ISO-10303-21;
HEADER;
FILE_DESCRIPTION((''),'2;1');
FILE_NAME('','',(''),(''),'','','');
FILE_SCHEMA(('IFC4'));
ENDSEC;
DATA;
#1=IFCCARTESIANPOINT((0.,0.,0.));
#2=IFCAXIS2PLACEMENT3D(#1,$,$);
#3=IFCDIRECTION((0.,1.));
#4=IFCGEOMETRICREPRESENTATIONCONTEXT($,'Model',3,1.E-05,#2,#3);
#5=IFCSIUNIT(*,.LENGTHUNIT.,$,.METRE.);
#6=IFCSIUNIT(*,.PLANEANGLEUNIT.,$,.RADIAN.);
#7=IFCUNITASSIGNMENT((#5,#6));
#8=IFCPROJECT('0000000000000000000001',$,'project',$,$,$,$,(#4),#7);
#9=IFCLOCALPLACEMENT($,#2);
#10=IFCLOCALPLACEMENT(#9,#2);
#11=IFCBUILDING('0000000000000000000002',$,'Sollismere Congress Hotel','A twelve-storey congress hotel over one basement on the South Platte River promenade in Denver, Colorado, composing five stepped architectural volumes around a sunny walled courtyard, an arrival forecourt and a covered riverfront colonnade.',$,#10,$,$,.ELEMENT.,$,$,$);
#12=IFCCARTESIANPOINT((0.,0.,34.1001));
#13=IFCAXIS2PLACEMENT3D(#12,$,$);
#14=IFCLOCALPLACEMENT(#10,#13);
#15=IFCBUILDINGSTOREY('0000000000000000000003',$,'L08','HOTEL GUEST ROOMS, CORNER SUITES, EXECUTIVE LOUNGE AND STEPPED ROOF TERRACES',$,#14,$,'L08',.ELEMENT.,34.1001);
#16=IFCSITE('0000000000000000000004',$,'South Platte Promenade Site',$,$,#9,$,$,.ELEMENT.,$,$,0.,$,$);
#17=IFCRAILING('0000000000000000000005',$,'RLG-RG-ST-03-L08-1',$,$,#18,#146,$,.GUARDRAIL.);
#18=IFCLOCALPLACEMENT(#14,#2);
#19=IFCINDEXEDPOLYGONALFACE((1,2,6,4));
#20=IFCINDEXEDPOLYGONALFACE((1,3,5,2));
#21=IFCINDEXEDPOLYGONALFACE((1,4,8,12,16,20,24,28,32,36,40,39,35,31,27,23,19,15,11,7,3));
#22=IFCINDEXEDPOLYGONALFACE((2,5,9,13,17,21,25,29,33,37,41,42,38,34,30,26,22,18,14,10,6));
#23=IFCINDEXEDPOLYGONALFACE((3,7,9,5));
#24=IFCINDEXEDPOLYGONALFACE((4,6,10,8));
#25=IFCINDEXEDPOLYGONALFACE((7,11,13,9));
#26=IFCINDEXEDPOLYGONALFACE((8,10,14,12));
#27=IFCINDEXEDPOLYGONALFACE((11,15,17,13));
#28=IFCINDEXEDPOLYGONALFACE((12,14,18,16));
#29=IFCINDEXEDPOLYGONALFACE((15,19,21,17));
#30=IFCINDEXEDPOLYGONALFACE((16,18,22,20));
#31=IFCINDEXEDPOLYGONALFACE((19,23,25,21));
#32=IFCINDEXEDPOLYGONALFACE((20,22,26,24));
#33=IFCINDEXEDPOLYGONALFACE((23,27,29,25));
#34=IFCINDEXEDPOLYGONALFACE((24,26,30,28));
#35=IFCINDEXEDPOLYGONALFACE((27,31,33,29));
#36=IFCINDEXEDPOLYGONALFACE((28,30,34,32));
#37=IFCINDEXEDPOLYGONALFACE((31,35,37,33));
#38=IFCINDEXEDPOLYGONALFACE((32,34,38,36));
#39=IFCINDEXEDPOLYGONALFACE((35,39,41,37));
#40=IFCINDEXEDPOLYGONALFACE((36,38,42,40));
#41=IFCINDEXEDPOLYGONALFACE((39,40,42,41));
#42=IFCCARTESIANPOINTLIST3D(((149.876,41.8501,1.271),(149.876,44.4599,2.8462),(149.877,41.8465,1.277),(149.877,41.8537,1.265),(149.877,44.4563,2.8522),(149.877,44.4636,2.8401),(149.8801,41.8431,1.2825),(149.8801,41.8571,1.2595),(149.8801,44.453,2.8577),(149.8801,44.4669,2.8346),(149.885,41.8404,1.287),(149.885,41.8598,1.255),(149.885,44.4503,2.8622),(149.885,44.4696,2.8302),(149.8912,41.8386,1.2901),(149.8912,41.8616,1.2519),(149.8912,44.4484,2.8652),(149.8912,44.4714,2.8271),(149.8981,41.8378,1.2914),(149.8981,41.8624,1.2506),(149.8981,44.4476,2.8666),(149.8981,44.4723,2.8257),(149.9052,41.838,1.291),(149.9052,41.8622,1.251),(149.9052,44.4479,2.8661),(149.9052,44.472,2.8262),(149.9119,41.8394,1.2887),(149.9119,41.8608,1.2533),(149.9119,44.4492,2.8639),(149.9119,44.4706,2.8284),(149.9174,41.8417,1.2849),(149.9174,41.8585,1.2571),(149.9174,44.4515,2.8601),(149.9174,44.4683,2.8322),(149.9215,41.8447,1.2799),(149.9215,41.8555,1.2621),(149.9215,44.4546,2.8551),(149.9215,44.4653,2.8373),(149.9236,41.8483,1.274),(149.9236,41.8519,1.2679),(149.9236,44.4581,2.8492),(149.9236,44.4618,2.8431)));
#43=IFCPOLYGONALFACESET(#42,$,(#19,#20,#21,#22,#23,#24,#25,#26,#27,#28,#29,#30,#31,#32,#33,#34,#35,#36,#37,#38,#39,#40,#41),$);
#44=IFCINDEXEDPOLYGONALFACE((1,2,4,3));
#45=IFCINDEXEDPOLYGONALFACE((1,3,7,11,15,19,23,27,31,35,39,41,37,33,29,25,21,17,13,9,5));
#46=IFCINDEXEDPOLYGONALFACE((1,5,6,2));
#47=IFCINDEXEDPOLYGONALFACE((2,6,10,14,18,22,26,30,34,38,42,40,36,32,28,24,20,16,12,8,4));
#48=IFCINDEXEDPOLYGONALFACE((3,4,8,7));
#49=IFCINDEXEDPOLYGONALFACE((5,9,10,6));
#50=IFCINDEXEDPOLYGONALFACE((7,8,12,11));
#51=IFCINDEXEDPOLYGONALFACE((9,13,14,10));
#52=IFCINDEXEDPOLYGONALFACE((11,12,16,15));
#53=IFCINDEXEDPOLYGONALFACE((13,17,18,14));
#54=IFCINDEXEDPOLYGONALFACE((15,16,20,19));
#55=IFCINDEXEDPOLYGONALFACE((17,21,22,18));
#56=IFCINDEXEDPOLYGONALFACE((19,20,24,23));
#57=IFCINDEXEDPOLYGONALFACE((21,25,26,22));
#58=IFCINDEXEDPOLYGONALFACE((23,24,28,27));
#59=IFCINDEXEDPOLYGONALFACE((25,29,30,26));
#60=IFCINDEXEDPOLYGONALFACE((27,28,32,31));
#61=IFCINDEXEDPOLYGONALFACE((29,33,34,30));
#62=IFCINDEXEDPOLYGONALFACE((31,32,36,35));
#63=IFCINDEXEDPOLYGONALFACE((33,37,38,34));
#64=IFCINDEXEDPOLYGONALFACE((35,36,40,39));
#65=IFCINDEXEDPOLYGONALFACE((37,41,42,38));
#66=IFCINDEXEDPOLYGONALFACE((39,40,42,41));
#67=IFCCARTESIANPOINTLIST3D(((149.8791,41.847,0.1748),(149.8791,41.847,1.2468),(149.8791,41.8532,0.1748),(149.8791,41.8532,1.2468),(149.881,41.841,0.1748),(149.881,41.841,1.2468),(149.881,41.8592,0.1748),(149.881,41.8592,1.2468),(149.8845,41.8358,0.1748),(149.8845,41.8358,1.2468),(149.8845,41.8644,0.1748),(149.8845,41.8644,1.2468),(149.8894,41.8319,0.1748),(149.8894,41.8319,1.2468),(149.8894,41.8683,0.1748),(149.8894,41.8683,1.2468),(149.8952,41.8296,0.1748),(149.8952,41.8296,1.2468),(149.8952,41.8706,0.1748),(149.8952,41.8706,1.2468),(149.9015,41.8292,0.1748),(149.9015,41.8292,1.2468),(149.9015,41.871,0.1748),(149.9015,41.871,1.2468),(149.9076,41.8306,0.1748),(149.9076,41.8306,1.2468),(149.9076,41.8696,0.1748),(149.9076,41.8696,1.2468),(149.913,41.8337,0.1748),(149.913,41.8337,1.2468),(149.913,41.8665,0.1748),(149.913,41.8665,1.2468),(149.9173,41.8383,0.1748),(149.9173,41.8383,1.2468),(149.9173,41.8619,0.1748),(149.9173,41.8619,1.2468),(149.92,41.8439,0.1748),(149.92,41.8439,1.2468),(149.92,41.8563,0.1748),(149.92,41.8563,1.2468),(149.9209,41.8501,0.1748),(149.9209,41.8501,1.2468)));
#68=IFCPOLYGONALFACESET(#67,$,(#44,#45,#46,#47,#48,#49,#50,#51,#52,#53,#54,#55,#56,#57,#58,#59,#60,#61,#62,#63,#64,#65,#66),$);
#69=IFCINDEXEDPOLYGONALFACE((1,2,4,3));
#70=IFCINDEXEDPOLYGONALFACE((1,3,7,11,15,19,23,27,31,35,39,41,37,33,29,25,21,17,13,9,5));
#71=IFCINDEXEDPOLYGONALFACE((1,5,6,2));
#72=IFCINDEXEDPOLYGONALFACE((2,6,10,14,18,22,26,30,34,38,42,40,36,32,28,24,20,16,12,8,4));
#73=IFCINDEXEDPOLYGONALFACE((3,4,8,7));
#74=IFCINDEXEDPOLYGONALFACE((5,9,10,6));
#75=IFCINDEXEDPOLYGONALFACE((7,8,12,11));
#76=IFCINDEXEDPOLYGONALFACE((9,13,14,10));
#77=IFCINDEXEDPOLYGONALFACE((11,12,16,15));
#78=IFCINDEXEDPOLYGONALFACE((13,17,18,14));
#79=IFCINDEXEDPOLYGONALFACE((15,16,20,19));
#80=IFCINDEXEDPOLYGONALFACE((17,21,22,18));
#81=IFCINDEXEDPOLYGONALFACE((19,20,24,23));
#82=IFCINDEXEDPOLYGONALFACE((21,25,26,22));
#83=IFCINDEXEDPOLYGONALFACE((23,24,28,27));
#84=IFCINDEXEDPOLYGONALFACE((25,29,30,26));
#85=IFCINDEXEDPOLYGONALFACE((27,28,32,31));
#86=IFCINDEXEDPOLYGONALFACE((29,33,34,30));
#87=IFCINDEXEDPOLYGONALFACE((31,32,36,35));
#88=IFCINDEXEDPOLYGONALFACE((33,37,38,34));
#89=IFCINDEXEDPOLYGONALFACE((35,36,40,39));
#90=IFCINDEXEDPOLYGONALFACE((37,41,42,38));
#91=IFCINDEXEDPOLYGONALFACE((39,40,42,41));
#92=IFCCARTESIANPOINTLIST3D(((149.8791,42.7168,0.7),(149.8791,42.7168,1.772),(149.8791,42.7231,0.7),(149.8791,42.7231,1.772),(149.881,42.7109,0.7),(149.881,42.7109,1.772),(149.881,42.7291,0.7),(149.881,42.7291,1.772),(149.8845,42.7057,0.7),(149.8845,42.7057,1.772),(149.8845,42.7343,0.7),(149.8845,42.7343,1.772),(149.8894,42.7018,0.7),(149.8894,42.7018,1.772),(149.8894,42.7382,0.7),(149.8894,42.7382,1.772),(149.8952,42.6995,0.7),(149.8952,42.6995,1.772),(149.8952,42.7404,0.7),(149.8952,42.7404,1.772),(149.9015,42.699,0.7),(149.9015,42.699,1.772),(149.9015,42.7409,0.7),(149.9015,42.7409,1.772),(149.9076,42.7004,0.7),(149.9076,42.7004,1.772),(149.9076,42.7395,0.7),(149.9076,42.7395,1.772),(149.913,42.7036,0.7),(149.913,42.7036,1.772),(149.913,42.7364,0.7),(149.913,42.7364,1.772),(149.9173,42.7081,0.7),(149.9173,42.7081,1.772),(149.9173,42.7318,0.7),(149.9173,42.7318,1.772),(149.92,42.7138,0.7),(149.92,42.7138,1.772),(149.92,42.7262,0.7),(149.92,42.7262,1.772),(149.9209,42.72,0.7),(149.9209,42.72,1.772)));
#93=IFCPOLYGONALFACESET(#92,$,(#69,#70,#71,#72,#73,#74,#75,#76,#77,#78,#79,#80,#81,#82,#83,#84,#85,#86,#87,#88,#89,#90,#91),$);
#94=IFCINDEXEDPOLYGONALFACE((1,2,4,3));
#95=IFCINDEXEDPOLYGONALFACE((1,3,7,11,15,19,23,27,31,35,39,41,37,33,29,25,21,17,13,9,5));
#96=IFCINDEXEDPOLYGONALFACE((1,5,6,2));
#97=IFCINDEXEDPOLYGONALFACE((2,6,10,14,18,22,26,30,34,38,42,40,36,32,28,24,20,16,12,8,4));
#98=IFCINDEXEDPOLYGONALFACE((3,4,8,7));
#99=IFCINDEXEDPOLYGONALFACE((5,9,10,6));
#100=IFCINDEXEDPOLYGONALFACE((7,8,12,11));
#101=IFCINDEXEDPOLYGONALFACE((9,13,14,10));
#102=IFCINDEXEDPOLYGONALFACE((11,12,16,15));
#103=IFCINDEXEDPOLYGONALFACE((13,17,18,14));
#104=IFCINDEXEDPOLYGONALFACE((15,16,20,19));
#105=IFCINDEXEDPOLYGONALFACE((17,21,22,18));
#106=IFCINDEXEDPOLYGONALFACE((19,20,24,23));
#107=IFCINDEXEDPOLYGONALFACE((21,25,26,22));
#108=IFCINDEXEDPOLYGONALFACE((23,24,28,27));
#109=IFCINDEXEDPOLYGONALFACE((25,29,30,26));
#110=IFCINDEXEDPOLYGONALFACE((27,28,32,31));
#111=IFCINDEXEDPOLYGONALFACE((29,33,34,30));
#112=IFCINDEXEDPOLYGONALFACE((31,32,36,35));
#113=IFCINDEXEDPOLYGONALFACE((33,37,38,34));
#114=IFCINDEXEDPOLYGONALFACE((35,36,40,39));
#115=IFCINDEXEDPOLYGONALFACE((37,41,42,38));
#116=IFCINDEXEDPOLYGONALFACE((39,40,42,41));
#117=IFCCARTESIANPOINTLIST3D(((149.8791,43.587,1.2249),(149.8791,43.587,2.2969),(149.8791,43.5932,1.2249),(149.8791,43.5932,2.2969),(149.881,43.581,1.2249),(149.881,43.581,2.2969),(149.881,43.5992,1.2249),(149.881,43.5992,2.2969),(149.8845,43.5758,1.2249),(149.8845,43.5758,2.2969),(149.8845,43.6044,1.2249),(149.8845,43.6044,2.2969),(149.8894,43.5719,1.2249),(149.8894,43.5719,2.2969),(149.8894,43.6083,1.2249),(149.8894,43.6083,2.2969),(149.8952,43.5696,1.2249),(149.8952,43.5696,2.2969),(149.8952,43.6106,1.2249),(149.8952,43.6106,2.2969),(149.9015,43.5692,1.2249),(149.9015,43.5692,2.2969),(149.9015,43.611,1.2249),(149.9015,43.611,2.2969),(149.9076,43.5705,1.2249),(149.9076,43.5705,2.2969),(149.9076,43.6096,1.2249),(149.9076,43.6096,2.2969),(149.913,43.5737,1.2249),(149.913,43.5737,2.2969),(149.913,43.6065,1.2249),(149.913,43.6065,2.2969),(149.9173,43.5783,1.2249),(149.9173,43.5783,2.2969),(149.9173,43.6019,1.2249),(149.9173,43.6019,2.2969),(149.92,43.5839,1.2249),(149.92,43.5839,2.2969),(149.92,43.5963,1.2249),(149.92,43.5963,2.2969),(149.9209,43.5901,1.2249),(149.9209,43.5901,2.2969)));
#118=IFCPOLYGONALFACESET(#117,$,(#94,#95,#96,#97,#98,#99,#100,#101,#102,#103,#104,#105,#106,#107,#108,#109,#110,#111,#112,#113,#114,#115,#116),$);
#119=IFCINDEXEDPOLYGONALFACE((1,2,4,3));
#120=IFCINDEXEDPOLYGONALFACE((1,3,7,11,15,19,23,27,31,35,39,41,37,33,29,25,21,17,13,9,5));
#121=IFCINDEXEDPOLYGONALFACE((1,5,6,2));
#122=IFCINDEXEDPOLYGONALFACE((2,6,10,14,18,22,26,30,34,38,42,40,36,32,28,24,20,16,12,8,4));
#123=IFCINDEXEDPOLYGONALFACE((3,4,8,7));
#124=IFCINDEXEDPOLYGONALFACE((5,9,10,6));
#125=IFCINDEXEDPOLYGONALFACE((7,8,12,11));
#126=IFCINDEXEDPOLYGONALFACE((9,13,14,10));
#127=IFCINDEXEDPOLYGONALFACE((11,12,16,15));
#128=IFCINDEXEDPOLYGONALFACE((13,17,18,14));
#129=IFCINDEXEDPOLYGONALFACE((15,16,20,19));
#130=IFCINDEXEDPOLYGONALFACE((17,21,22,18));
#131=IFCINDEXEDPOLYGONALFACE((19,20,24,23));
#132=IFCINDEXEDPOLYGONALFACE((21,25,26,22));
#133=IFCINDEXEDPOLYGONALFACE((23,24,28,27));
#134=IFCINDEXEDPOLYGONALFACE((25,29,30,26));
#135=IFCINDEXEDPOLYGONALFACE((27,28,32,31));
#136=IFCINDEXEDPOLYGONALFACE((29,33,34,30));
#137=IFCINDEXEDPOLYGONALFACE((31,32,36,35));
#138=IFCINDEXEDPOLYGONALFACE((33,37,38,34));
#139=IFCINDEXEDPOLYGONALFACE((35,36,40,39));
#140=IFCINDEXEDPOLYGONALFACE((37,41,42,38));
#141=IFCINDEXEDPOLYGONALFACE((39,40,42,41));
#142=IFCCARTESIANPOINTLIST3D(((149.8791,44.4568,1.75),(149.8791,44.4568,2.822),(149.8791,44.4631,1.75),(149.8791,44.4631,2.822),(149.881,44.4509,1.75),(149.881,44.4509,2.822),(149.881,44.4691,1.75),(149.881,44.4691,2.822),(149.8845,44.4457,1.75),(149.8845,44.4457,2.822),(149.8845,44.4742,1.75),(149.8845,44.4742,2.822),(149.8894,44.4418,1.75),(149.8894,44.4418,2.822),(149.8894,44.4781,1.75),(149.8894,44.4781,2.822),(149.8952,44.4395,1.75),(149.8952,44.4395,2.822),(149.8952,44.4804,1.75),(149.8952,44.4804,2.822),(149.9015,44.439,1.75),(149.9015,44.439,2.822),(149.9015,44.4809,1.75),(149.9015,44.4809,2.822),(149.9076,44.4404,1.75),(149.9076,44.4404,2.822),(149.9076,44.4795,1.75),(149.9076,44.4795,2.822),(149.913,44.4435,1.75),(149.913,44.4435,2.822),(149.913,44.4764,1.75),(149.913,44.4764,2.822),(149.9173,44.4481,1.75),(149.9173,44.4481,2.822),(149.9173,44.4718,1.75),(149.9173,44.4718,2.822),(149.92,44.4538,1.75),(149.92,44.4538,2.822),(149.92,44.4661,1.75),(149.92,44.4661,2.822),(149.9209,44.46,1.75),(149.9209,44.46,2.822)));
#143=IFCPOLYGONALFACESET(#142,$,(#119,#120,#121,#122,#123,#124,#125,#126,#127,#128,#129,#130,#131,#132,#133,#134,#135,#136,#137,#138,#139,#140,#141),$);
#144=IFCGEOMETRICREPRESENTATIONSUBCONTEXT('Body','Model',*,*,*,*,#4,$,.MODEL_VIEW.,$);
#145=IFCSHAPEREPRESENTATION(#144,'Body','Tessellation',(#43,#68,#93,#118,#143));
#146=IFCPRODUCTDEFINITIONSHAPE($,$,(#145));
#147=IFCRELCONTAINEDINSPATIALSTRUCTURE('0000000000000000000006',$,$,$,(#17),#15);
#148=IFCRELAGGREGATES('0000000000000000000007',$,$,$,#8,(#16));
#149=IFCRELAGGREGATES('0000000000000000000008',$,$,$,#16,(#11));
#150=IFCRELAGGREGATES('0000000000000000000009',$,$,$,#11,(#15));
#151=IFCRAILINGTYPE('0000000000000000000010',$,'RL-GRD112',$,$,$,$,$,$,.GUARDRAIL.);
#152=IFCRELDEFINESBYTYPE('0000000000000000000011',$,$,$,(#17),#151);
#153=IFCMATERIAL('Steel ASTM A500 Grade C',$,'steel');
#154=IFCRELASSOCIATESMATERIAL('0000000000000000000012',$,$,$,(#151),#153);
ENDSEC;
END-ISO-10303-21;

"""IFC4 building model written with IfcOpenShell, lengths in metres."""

from ifc_helpers import new_model, si_unit, direction, frame, origin, origin_2d, place, context, subcontext, project, spatial, circle, extrude, material, type_object, element, save


model = new_model("IFC4")

# Units and contexts
model_context = context("Model", 3, precision=1e-05, world=origin(), true_north=direction((0.0, 1.0)))
body_context = subcontext(model_context, "Body", "Model", "MODEL_VIEW")
ifc_project = project(units=[si_unit("LENGTHUNIT", "METRE"), si_unit("PLANEANGLEUNIT", "RADIAN")], contexts=[model_context])

# Site, building, storey
site_placement = place(None, origin())
site = spatial("IfcSite", under=ifc_project, at=site_placement, Name="South Platte Promenade Site", CompositionType="ELEMENT", RefElevation=0.0)
building_placement = place(site_placement, origin())
building = spatial("IfcBuilding", under=site, at=building_placement, Name="Sollismere Congress Hotel", Description="A twelve-storey congress hotel over one basement on the South Platte River promenade in Denver, Colorado, composing five stepped architectural volumes around a sunny walled courtyard, an arrival forecourt and a covered riverfront colonnade.", CompositionType="ELEMENT")
storey_placement = place(building_placement, frame((0.0, 0.0, 34.1001)))
storey = spatial("IfcBuildingStorey", under=building, at=storey_placement, Name="L08", Description="HOTEL GUEST ROOMS, CORNER SUITES, EXECUTIVE LOUNGE AND STEPPED ROOF TERRACES", LongName="L08", CompositionType="ELEMENT", Elevation=34.1001)

# Railing
ifc_material_1 = material(Name="Steel ASTM A500 Grade C", Category="steel")
railing_type_1 = type_object("IfcRailingType", Name="RL-GRD112", PredefinedType="GUARDRAIL", material=ifc_material_1)
railing_1_placement = place(storey_placement, frame((149.8999, 41.8501, 0.1748)))
element("IfcRailing", 1, at=railing_1_placement, inside=storey, type_object=railing_type_1, Name="RLG-RG-ST-03-L08-1", PredefinedType="GUARDRAIL", context=body_context, shape_type="SweptSolid", body=[
    extrude(circle(Radius=0.0239, at=origin_2d()), frame((0.0, 0.0, 1.0962), z_axis=(0.0, 0.856147, 0.516732), x_axis=(-1.0, 0.0, 0.0)), (0.0, 0.0, 1.0), 3.0483),
    extrude(circle(Radius=0.021, at=origin_2d()), origin(), (0.0, 0.0, 1.0), 1.072),
    extrude(circle(Radius=0.021, at=origin_2d()), frame((0.0, 0.8699, 0.5251)), (0.0, 0.0, 1.0), 1.072),
    extrude(circle(Radius=0.021, at=origin_2d()), frame((0.0, 1.74, 1.05)), (0.0, 0.0, 1.0), 1.072),
    extrude(circle(Radius=0.021, at=origin_2d()), frame((0.0, 2.6099, 1.5752)), (0.0, 0.0, 1.0), 1.072),
])

save(model, "model.ifc")
